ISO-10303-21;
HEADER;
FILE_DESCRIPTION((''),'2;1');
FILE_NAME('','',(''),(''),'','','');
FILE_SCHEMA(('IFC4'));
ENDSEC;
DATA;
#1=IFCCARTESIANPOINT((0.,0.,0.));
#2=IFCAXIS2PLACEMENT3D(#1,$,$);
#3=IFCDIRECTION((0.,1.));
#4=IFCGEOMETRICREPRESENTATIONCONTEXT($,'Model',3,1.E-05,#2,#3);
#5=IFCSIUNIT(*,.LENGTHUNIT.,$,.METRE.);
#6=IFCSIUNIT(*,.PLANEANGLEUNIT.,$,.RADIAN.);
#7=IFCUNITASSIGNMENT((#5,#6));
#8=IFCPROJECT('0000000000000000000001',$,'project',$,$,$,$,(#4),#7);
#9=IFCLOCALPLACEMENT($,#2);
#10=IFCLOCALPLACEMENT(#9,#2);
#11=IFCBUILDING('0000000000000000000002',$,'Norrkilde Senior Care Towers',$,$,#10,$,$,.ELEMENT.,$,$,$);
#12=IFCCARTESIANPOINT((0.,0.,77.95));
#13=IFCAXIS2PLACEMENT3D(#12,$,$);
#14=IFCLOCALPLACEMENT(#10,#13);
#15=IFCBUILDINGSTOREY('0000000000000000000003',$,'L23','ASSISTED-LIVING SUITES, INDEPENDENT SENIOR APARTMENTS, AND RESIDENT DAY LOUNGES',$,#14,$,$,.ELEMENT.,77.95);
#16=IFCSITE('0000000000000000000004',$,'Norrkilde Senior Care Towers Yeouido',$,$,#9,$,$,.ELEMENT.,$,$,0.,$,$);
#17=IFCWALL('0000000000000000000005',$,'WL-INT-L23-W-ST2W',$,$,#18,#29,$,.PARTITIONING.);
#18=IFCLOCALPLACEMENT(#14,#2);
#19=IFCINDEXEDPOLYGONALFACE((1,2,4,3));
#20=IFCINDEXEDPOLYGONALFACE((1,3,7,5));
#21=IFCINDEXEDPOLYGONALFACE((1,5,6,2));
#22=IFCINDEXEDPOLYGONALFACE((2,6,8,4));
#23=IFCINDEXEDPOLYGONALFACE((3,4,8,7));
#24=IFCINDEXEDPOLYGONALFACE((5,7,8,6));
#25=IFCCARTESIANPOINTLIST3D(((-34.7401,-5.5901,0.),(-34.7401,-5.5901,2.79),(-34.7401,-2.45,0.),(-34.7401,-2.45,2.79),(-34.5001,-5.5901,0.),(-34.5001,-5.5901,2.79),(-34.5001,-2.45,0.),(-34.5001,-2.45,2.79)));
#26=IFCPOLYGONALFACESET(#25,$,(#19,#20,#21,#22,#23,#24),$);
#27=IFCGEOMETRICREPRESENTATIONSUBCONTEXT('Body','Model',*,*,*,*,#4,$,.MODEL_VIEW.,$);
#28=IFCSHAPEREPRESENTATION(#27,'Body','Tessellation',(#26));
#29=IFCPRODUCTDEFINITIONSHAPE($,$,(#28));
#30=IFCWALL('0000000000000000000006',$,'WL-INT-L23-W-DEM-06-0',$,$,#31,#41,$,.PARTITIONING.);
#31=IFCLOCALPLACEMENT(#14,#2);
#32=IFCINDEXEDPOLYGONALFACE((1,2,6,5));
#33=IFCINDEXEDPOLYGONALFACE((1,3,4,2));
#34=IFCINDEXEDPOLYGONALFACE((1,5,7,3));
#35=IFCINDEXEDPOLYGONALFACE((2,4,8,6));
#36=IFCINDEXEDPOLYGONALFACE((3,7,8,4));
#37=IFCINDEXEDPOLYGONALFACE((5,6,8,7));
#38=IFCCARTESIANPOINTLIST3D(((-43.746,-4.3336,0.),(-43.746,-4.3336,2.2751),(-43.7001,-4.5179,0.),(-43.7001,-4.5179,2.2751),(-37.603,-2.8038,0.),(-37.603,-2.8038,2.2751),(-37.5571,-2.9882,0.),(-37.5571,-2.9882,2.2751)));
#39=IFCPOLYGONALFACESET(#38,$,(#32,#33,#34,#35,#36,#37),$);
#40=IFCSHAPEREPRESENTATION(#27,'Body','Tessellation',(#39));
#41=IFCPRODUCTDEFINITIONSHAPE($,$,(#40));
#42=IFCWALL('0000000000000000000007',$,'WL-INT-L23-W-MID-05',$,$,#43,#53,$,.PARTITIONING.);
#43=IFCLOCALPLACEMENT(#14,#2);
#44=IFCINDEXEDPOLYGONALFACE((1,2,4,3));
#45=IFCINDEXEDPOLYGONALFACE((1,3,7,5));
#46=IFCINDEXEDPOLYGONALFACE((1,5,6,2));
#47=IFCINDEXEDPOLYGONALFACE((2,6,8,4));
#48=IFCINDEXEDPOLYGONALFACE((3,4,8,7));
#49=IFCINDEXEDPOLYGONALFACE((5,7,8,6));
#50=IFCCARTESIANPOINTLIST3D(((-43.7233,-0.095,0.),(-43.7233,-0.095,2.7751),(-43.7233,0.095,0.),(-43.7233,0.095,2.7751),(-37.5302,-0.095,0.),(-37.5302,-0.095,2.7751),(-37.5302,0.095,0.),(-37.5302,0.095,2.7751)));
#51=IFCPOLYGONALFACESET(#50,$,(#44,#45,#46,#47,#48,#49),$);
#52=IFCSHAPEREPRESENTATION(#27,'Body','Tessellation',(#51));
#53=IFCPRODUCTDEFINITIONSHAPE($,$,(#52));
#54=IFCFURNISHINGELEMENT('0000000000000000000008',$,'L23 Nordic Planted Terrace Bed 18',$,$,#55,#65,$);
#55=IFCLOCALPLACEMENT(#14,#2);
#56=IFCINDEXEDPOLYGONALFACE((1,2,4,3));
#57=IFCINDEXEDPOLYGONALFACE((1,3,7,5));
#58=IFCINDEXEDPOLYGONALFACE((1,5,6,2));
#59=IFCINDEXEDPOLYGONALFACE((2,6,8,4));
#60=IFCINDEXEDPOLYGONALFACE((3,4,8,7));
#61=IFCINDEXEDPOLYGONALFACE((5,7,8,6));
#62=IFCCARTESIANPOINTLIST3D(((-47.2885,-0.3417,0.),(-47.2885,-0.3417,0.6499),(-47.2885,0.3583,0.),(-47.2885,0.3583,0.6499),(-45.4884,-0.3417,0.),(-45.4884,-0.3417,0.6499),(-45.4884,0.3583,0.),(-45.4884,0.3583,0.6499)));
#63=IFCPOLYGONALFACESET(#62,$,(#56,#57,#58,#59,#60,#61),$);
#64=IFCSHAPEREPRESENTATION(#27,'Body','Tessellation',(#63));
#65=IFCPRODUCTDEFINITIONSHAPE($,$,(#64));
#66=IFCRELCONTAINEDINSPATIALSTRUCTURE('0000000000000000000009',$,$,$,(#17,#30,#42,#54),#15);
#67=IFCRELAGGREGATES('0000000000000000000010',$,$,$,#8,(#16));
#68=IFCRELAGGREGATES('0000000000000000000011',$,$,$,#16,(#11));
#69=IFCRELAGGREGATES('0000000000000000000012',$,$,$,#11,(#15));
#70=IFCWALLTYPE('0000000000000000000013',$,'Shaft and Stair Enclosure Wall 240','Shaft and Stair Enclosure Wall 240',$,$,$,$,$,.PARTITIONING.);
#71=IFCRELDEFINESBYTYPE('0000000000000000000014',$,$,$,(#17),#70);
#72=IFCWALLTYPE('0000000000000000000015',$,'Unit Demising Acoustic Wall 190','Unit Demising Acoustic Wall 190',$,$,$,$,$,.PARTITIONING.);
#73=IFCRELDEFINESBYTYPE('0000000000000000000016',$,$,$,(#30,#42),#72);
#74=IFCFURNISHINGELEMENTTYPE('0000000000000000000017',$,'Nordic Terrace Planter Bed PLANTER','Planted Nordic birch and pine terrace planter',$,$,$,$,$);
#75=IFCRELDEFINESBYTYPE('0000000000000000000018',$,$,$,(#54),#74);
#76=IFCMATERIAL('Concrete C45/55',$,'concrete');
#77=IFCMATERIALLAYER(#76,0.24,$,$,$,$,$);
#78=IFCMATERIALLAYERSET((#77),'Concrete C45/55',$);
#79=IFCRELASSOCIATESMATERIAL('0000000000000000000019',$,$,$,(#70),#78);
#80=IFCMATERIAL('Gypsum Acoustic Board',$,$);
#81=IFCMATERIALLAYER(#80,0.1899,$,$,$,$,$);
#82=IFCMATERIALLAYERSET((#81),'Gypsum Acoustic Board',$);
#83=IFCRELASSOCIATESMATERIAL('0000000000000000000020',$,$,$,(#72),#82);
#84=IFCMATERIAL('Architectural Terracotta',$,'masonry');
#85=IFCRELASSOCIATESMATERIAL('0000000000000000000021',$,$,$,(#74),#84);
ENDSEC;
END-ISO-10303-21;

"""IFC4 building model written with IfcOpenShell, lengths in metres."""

from ifc_helpers import new_model, si_unit, direction, frame, frame_2d, origin, origin_2d, place, context, subcontext, project, spatial, rectangle, extrude, source, transform, mapped, material, layer, layer_set, type_object, type_shapes, element, save


model = new_model("IFC4")

# Units and contexts
model_context = context("Model", 3, precision=1e-05, world=origin(), true_north=direction((0.0, 1.0)))
body_context = subcontext(model_context, "Body", "Model", "MODEL_VIEW")
ifc_project = project(units=[si_unit("LENGTHUNIT", "METRE"), si_unit("PLANEANGLEUNIT", "RADIAN")], contexts=[model_context])

# Site, building, storey
site_placement = place(None, origin())
site = spatial("IfcSite", under=ifc_project, at=site_placement, Name="Norrkilde Senior Care Towers Yeouido", CompositionType="ELEMENT", RefElevation=0.0)
building_placement = place(site_placement, origin())
building = spatial("IfcBuilding", under=site, at=building_placement, Name="Norrkilde Senior Care Towers", CompositionType="ELEMENT")
storey_placement = place(building_placement, frame((0.0, 0.0, 77.95)))
storey = spatial("IfcBuildingStorey", under=building, at=storey_placement, Name="L23", Description="ASSISTED-LIVING SUITES, INDEPENDENT SENIOR APARTMENTS, AND RESIDENT DAY LOUNGES", CompositionType="ELEMENT", Elevation=77.95)

# Shared definitions
ifc_material_1 = material(Name="Concrete C45/55", Category="concrete")

# Shared definitions
ifc_layer_1 = layer(ifc_material_1, 0.24)
ifc_layer_set_1 = layer_set([ifc_layer_1], Name="Concrete C45/55")
wall_type_1 = type_object("IfcWallType", Name="Shaft and Stair Enclosure Wall 240", Description="Shaft and Stair Enclosure Wall 240", PredefinedType="PARTITIONING", material=ifc_layer_set_1)

# Walls
shared_shape_1 = source(origin(), body_context, "Body", "SweptSolid", [
    extrude(rectangle(XDim=3.1401, YDim=0.24, at=frame_2d((1.5701, 0.0))), origin(), (0.0, 0.0, 1.0), 2.79),
])
wall_1_placement = place(storey_placement, frame((-34.6201, -5.5901, 0.0), z_axis=(0.0, 0.0, 1.0), x_axis=(0.0, 1.0, 0.0)))
element("IfcWall", 1, at=wall_1_placement, inside=storey, type_object=wall_type_1, Name="WL-INT-L23-W-ST2W", PredefinedType="PARTITIONING", context=body_context, shape_type="MappedRepresentation", body=[
    mapped(shared_shape_1, transform((0.0, 0.0, 0.0), x_axis=(1.0, 0.0, 0.0), y_axis=(0.0, 1.0, 0.0), z_axis=(0.0, 0.0, 1.0), scale=1.0)),
])
ifc_material_2 = material(Name="Gypsum Acoustic Board")
ifc_layer_2 = layer(ifc_material_2, 0.1899)
ifc_layer_set_2 = layer_set([ifc_layer_2], Name="Gypsum Acoustic Board")
wall_type_2 = type_object("IfcWallType", Name="Unit Demising Acoustic Wall 190", Description="Unit Demising Acoustic Wall 190", PredefinedType="PARTITIONING", material=ifc_layer_set_2)
shared_shape_2 = source(origin(), body_context, "Body", "SweptSolid", [
    extrude(rectangle(XDim=6.3306, YDim=0.1899, at=frame_2d((3.1653, 0.0))), origin(), (0.0, 0.0, 1.0), 2.2751),
])
wall_2_placement = place(storey_placement, frame((-37.5801, -2.896, 0.0), z_axis=(0.0, 0.0, 1.0), x_axis=(-0.970364, -0.241646, 0.0)))
element("IfcWall", 2, at=wall_2_placement, inside=storey, type_object=wall_type_2, Name="WL-INT-L23-W-DEM-06-0", PredefinedType="PARTITIONING", context=body_context, shape_type="MappedRepresentation", body=[
    mapped(shared_shape_2, transform((0.0, 0.0, 0.0), x_axis=(1.0, 0.0, 0.0), y_axis=(0.0, 1.0, 0.0), z_axis=(0.0, 0.0, 1.0), scale=1.0)),
])
shared_shape_3 = source(origin(), body_context, "Body", "SweptSolid", [
    extrude(rectangle(XDim=6.1931, YDim=0.1899, at=frame_2d((3.0967, 0.0))), origin(), (0.0, 0.0, 1.0), 2.7751),
])
type_shapes(wall_type_2, [shared_shape_2, shared_shape_3])
wall_3_placement = place(storey_placement, frame((-37.53, 0.0, 0.0), z_axis=(0.0, 0.0, 1.0), x_axis=(-1.0, 0.0, 0.0)))
element("IfcWall", 3, at=wall_3_placement, inside=storey, type_object=wall_type_2, Name="WL-INT-L23-W-MID-05", PredefinedType="PARTITIONING", context=body_context, shape_type="MappedRepresentation", body=[
    mapped(shared_shape_3, transform((0.0, 0.0, 0.0), x_axis=(1.0, 0.0, 0.0), y_axis=(0.0, 1.0, 0.0), z_axis=(0.0, 0.0, 1.0), scale=1.0)),
])

# Furnishing element
ifc_material_3 = material(Name="Architectural Terracotta", Category="masonry")
furnishing_element_type = type_object("IfcFurnishingElementType", Name="Nordic Terrace Planter Bed PLANTER", Description="Planted Nordic birch and pine terrace planter", material=ifc_material_3)
shared_shape_4 = source(origin(), body_context, "Body", "SweptSolid", [
    extrude(rectangle(XDim=1.8, YDim=0.7, at=origin_2d()), origin(), (0.0, 0.0, 1.0), 0.6499),
])
type_shapes(furnishing_element_type, [shared_shape_4])
furnishing_placement = place(storey_placement, frame((-46.3884, 0.0083, 0.0), z_axis=(0.0, 0.0, 1.0), x_axis=(1.0, 0.0, 0.0)))
element("IfcFurnishingElement", 4, at=furnishing_placement, inside=storey, type_object=furnishing_element_type, Name="L23 Nordic Planted Terrace Bed 18", context=body_context, shape_type="MappedRepresentation", body=[
    mapped(shared_shape_4, transform((0.0, 0.0, 0.0), x_axis=(1.0, 0.0, 0.0), y_axis=(0.0, 1.0, 0.0), z_axis=(0.0, 0.0, 1.0), scale=1.0)),
])

save(model, "model.ifc")
